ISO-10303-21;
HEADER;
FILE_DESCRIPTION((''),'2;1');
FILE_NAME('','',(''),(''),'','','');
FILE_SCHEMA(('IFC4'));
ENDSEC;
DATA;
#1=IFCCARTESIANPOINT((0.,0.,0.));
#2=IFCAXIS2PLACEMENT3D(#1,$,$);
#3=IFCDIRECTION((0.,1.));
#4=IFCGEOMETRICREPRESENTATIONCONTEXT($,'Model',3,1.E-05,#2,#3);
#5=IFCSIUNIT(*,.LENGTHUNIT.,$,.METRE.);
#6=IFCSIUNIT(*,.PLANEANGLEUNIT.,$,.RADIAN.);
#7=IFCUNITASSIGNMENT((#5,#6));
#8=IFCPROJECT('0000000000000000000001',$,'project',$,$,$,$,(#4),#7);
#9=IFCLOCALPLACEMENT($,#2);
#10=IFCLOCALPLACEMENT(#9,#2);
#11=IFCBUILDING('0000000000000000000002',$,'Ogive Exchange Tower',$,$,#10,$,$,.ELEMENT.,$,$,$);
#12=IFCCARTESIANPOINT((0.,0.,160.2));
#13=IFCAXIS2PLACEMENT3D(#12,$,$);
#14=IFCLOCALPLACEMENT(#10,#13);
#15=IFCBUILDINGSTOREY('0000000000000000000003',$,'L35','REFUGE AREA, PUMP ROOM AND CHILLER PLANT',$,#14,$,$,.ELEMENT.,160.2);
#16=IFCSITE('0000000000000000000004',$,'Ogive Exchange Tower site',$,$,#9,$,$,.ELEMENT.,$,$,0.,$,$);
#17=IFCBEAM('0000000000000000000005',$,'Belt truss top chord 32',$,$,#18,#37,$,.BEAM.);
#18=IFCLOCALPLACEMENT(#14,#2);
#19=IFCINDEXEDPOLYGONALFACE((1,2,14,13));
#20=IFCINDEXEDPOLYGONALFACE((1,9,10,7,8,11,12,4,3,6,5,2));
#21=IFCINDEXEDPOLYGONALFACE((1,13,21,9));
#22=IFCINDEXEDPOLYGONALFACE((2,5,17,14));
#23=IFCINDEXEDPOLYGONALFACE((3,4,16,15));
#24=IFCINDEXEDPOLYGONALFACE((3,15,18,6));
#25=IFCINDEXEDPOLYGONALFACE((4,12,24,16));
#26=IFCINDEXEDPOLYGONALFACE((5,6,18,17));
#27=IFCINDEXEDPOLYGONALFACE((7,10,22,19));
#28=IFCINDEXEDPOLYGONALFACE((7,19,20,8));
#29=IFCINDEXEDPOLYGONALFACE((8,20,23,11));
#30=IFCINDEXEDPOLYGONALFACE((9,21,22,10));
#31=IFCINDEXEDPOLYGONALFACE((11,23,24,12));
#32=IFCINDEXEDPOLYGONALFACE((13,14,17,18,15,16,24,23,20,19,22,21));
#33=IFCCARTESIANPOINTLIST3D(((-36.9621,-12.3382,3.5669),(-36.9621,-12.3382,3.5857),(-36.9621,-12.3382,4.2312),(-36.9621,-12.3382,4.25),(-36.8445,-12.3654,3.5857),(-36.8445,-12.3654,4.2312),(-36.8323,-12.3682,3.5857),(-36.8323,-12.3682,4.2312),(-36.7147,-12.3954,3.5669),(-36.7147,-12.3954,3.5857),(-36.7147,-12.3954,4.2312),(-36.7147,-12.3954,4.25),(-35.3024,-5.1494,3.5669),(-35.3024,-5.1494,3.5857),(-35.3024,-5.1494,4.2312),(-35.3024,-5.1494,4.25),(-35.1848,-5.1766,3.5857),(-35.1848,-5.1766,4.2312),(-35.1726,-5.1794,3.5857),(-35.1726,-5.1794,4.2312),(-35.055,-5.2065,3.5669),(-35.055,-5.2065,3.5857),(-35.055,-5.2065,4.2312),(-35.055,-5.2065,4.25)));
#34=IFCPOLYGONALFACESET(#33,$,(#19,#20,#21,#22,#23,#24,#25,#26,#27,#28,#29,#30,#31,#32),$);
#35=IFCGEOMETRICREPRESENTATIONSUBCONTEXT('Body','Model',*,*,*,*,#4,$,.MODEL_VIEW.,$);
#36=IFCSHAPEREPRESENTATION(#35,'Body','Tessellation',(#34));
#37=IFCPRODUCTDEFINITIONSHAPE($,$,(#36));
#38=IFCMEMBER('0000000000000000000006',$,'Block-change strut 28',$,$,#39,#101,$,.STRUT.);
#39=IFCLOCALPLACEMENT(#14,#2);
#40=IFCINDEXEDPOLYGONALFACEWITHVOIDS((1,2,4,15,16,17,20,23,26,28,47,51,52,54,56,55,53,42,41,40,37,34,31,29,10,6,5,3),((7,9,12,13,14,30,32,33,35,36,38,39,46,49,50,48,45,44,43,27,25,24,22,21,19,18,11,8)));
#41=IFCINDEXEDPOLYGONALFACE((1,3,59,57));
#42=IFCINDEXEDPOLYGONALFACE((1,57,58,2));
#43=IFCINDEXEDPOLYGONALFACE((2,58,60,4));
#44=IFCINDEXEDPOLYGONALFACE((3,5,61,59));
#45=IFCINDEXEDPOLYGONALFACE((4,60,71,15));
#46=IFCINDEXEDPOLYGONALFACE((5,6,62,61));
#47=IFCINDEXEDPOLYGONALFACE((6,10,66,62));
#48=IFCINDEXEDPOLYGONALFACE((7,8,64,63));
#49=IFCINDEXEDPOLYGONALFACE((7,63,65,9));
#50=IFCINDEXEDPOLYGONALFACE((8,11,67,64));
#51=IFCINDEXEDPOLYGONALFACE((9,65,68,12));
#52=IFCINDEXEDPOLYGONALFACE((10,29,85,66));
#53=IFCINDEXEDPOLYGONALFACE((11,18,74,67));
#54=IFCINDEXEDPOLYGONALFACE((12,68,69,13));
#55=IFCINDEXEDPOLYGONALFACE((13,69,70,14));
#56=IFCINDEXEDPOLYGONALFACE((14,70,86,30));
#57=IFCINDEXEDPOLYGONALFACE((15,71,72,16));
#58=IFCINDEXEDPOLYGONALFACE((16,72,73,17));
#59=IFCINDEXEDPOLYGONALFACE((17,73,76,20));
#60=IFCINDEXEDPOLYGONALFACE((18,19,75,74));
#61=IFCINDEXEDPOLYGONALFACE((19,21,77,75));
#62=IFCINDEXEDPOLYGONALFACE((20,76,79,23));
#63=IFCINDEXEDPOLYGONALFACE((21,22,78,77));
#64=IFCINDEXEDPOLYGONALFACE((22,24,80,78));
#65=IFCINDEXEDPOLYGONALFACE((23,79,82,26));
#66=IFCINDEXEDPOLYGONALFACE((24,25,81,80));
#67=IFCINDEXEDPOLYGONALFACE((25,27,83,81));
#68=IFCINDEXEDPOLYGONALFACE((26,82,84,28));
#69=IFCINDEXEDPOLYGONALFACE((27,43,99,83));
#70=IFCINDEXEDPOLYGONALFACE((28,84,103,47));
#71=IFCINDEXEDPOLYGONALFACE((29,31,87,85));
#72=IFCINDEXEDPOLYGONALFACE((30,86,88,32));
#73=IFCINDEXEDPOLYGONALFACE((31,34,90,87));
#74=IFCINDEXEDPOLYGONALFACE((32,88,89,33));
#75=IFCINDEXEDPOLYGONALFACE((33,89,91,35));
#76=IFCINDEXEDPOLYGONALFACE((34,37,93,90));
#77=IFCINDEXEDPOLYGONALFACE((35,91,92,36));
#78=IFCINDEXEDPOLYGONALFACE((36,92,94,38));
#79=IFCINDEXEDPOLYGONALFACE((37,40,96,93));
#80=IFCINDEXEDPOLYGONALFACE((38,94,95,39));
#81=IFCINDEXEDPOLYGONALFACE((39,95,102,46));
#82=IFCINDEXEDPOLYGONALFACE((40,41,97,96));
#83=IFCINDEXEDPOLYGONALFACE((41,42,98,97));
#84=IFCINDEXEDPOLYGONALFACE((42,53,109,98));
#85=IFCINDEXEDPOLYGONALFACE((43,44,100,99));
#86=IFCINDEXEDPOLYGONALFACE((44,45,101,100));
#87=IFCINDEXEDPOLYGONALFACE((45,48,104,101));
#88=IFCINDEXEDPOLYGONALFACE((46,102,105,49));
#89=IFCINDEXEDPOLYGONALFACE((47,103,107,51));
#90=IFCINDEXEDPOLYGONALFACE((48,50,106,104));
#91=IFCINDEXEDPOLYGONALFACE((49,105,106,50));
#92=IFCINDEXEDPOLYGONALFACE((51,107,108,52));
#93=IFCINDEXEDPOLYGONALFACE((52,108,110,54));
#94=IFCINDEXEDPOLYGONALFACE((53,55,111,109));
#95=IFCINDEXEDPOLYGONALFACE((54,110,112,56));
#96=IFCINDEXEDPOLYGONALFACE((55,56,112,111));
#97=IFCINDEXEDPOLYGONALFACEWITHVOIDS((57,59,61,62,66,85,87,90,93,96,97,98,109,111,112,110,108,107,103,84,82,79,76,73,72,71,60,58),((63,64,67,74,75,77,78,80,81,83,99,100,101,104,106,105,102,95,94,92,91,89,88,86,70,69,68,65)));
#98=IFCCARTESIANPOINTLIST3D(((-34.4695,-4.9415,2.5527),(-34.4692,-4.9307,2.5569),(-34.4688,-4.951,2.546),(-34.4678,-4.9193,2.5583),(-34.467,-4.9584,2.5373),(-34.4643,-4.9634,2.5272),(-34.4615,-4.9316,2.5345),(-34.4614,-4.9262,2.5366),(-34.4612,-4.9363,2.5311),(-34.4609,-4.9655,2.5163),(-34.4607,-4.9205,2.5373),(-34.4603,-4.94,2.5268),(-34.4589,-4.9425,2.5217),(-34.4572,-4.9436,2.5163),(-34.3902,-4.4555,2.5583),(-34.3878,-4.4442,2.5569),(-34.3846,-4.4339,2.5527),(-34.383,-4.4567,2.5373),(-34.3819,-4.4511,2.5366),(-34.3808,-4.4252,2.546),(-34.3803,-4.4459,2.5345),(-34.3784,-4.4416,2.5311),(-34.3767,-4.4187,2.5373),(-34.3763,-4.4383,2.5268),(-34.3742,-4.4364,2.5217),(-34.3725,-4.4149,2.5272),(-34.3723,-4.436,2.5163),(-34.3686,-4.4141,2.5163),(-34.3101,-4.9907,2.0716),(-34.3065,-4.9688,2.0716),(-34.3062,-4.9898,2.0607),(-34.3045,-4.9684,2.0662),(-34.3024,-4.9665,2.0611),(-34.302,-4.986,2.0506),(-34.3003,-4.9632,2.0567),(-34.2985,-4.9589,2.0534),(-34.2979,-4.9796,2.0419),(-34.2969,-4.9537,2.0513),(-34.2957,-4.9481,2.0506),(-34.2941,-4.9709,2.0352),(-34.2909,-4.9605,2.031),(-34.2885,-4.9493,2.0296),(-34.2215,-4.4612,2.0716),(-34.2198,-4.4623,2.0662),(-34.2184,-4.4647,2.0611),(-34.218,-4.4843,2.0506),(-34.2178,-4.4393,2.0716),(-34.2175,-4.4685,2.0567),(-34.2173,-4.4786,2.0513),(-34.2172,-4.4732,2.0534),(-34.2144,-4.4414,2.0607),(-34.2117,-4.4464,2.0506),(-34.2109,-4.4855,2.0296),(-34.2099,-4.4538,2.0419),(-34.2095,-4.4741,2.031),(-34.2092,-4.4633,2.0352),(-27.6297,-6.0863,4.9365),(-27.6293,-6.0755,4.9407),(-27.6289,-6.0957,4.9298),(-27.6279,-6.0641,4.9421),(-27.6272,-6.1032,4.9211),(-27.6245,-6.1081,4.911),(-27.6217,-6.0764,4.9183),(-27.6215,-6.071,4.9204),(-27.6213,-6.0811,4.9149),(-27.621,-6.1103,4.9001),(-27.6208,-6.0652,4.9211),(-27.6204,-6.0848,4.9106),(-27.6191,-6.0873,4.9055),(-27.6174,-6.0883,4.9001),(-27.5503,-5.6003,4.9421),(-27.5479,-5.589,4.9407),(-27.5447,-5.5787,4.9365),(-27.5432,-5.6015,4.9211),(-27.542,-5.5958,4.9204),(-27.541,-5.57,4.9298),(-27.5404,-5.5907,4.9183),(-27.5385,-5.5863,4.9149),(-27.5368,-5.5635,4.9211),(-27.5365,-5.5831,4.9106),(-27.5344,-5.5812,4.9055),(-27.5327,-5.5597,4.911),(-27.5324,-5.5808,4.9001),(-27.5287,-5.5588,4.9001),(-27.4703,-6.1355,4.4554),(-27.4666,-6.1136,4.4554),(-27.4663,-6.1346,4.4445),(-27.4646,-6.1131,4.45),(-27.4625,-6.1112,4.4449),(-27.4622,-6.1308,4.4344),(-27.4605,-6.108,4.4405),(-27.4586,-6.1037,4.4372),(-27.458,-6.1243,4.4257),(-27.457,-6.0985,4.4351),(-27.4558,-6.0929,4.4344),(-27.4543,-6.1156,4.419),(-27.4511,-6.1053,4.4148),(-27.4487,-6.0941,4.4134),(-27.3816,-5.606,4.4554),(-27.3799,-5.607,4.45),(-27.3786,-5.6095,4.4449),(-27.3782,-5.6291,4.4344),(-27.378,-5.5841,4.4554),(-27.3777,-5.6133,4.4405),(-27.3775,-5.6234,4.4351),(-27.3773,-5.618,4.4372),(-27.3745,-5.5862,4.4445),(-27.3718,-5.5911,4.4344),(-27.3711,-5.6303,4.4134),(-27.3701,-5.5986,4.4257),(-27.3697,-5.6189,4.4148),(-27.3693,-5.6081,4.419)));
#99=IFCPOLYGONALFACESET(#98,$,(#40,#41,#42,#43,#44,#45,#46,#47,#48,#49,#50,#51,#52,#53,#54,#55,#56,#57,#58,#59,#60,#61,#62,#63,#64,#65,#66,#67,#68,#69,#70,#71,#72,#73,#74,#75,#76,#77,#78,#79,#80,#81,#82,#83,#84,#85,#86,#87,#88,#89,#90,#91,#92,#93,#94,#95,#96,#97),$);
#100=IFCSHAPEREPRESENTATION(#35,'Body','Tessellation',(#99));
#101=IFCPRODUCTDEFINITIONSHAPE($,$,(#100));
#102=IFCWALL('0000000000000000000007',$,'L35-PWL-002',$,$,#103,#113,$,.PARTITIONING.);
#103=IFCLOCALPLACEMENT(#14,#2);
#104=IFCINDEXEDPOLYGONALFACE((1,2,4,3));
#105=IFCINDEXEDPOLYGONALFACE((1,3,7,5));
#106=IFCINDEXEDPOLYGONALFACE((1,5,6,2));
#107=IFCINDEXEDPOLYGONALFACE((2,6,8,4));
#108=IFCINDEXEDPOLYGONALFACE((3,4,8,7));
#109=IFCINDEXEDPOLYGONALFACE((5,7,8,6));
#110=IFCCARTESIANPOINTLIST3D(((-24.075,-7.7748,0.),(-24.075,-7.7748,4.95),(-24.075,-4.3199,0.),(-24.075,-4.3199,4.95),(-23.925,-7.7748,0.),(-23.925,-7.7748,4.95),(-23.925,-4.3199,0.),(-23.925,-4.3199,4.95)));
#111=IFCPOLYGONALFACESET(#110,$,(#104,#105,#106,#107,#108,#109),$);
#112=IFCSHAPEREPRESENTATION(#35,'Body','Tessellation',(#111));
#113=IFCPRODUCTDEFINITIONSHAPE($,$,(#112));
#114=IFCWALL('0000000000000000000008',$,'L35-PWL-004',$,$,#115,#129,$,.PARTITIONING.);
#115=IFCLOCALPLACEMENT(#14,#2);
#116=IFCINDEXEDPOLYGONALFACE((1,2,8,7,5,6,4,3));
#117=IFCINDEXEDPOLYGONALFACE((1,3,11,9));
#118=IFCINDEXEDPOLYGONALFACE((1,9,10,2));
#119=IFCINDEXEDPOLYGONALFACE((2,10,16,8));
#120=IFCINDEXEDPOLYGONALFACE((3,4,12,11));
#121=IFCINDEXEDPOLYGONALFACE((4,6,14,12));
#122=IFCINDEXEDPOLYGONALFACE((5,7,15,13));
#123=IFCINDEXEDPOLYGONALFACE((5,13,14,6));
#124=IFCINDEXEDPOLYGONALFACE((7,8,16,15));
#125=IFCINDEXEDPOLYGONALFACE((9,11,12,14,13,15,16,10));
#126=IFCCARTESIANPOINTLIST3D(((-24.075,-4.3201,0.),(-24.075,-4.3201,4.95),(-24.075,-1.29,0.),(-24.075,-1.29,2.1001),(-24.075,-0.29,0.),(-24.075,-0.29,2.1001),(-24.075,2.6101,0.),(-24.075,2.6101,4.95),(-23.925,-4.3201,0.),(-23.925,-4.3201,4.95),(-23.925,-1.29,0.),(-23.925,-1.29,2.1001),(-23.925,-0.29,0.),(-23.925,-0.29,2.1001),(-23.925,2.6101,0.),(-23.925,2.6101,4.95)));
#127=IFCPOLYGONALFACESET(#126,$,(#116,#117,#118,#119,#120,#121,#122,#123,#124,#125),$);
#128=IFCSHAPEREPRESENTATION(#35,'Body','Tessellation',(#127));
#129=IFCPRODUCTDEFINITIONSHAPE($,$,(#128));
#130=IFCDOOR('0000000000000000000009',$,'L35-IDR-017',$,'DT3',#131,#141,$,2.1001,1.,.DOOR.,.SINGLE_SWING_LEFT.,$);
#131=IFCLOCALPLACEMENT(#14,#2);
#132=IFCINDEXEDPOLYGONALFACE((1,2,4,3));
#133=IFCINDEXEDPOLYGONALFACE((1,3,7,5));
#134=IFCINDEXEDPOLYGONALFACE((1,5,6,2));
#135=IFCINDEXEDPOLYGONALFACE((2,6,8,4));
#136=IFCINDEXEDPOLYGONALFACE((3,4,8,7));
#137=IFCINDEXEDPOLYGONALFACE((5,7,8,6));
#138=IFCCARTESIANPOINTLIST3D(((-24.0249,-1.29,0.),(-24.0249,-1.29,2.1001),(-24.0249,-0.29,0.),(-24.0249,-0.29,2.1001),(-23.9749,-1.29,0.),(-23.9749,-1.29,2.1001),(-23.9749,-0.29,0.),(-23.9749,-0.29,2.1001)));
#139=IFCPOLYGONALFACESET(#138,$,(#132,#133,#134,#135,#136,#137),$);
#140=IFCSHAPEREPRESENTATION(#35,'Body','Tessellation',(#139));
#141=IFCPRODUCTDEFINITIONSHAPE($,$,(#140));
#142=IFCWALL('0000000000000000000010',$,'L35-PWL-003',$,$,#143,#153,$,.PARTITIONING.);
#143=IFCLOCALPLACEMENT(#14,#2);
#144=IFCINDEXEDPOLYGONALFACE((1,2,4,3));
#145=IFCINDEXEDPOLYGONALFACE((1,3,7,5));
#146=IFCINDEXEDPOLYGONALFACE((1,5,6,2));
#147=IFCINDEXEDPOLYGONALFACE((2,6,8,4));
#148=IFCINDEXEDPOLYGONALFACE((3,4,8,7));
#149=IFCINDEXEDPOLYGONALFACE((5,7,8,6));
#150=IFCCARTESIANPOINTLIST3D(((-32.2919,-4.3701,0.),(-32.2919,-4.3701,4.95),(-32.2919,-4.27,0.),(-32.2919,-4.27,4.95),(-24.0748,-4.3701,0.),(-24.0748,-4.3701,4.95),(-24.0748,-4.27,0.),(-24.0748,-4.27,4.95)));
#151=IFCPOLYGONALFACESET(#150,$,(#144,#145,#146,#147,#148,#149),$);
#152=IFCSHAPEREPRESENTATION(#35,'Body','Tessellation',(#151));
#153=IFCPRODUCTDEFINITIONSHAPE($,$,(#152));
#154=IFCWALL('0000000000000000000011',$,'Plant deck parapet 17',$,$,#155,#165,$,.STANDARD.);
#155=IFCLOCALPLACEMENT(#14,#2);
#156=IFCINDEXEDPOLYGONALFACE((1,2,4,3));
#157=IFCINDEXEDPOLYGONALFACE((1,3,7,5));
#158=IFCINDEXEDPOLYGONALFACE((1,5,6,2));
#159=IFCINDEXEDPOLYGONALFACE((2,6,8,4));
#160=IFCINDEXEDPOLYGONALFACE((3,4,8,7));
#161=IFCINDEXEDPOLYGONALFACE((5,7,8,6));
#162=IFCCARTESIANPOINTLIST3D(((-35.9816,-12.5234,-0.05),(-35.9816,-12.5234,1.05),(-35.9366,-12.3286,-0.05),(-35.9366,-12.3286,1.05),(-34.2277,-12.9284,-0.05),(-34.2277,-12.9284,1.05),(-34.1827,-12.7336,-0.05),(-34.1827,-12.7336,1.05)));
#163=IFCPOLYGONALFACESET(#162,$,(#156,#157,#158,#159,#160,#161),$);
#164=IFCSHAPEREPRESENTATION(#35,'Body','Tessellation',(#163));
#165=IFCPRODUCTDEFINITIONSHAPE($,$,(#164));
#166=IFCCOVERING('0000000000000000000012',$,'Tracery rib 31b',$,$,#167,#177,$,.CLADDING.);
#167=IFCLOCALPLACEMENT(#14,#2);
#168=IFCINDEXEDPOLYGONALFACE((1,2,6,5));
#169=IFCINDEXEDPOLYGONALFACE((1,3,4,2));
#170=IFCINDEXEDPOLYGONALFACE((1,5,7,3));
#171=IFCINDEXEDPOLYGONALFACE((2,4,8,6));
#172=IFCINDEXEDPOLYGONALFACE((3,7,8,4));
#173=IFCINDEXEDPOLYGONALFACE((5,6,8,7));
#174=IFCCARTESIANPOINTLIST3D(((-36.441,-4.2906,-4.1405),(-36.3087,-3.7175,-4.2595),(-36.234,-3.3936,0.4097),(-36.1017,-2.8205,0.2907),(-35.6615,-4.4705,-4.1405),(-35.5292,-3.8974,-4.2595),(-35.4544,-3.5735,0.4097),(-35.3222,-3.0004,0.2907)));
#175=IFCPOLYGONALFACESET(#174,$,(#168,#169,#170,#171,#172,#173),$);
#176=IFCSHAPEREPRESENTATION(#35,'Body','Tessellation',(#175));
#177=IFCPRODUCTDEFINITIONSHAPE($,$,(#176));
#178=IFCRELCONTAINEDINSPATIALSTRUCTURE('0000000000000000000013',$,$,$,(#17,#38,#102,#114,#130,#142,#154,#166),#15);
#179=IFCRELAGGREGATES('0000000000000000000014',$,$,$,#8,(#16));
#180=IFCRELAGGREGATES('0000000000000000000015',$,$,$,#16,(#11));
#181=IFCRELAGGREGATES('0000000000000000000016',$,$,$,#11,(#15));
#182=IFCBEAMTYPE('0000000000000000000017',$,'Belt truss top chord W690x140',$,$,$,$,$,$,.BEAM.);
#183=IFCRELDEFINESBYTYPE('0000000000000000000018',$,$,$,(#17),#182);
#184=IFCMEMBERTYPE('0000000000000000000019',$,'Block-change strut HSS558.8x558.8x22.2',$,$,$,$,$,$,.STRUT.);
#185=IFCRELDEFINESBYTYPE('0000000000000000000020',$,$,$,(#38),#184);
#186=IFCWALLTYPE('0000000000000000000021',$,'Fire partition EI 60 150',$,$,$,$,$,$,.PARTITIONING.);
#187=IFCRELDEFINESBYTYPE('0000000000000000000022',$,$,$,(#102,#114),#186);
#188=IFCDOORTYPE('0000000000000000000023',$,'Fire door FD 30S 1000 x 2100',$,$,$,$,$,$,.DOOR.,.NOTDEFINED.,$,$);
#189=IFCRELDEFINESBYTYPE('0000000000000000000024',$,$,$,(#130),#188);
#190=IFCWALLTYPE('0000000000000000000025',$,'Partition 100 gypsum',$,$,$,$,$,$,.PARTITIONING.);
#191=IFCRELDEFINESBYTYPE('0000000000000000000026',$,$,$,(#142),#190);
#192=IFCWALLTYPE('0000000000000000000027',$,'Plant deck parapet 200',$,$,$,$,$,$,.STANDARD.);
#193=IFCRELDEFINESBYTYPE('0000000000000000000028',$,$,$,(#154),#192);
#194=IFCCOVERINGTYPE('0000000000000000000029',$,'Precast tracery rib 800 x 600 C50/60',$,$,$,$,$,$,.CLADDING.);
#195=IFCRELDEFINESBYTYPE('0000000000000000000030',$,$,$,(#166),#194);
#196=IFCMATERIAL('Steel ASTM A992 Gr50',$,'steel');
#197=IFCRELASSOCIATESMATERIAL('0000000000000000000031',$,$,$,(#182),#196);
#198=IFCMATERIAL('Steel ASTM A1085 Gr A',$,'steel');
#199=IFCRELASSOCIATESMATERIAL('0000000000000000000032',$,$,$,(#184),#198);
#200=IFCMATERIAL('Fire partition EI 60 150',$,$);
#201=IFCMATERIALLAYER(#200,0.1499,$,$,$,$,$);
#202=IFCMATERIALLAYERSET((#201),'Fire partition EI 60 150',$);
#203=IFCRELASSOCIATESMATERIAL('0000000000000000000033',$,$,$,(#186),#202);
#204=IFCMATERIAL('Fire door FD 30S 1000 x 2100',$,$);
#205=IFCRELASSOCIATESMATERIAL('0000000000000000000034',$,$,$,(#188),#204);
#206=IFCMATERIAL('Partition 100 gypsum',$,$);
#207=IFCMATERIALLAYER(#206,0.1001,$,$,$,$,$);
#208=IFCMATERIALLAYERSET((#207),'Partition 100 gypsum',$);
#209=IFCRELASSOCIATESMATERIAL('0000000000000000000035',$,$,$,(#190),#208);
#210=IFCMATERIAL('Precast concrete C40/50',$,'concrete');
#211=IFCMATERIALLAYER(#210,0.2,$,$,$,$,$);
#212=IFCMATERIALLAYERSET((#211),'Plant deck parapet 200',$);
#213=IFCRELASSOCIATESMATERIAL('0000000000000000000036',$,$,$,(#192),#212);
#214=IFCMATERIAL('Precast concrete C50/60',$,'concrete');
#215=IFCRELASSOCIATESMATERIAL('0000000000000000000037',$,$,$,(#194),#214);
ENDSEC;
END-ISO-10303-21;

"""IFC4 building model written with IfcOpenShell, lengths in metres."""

from ifc_helpers import new_model, si_unit, direction, frame, frame_2d, origin, origin_2d, place, context, subcontext, project, spatial, rectangle, hollow_rectangle, i_section, extrude, material, layer, layer_set, material_profile, profile_set, type_object, element, fill, save


model = new_model("IFC4")

# Units and contexts
model_context = context("Model", 3, precision=1e-05, world=origin(), true_north=direction((0.0, 1.0)))
body_context = subcontext(model_context, "Body", "Model", "MODEL_VIEW")
ifc_project = project(units=[si_unit("LENGTHUNIT", "METRE"), si_unit("PLANEANGLEUNIT", "RADIAN")], contexts=[model_context])

# Site, building, storey
site_placement = place(None, origin())
site = spatial("IfcSite", under=ifc_project, at=site_placement, Name="Ogive Exchange Tower site", CompositionType="ELEMENT", RefElevation=0.0)
building_placement = place(site_placement, origin())
building = spatial("IfcBuilding", under=site, at=building_placement, Name="Ogive Exchange Tower", CompositionType="ELEMENT")
storey_placement = place(building_placement, frame((0.0, 0.0, 160.2)))
storey = spatial("IfcBuildingStorey", under=building, at=storey_placement, Name="L35", Description="REFUGE AREA, PUMP ROOM AND CHILLER PLANT", CompositionType="ELEMENT", Elevation=160.2)

# Shared definitions
ifc_material_1 = material(Name="Steel ASTM A992 Gr50", Category="steel")

# Shared definitions
ifc_material_2 = material(Name="Steel ASTM A1085 Gr A", Category="steel")

# Beam
ifc_material_profile_1 = material_profile(ifc_material_1, i_section(OverallWidth=0.2539, OverallDepth=0.6831, WebThickness=0.0125, FlangeThickness=0.0188, at=origin_2d()), Name="W690x140")
ifc_profile_set_1 = profile_set([ifc_material_profile_1], Name="Steel ASTM A992 Gr50")
beam_type_1 = type_object("IfcBeamType", Name="Belt truss top chord W690x140", PredefinedType="BEAM", material=ifc_profile_set_1)
beam_1_placement = place(storey_placement, frame((-35.1787, -5.178, 3.9084), z_axis=(-0.224954, -0.974369, 0.0), x_axis=(0.974369, -0.224954, 0.0)))
element("IfcBeam", 1, at=beam_1_placement, inside=storey, type_object=beam_type_1, Name="Belt truss top chord 32", PredefinedType="BEAM", context=body_context, shape_type="SweptSolid", body=[
    extrude(i_section(OverallWidth=0.2539, OverallDepth=0.6831, WebThickness=0.0125, FlangeThickness=0.0188, at=origin_2d()), origin(), (0.0, 0.0, 1.0), 7.3779),
])

# Member
ifc_material_profile_2 = material_profile(ifc_material_2, hollow_rectangle(XDim=0.5591, YDim=0.5591, WallThickness=0.0222, InnerFilletRadius=0.0222, OuterFilletRadius=0.0444, at=origin_2d()), Name="HSS558.8x558.8x22.2")
ifc_profile_set_2 = profile_set([ifc_material_profile_2], Name="Steel ASTM A1085 Gr A")
member_type_1 = type_object("IfcMemberType", Name="Block-change strut HSS558.8x558.8x22.2", PredefinedType="STRUT", material=ifc_profile_set_2)
member_1_placement = place(storey_placement, frame((-34.3394, -4.7024, 2.2939), z_axis=(0.932718, -0.156108, 0.325066), x_axis=(0.165073, 0.986281, 0.0)))
element("IfcMember", 2, at=member_1_placement, inside=storey, type_object=member_type_1, Name="Block-change strut 28", PredefinedType="STRUT", context=body_context, shape_type="SweptSolid", body=[
    extrude(hollow_rectangle(XDim=0.5591, YDim=0.5591, WallThickness=0.0222, InnerFilletRadius=0.0222, OuterFilletRadius=0.0444, at=origin_2d()), origin(), (0.0, 0.0, 1.0), 7.3333),
])

# Wall
ifc_material_3 = material(Name="Fire partition EI 60 150")
ifc_layer_1 = layer(ifc_material_3, 0.1499)
ifc_layer_set_1 = layer_set([ifc_layer_1], Name="Fire partition EI 60 150")
wall_type_1 = type_object("IfcWallType", Name="Fire partition EI 60 150", PredefinedType="PARTITIONING", material=ifc_layer_set_1)
wall_1_placement = place(storey_placement, frame((-24.0, -7.7749, 0.0), z_axis=(0.0, 0.0, 1.0), x_axis=(0.0, 1.0, 0.0)))
element("IfcWall", 3, at=wall_1_placement, inside=storey, type_object=wall_type_1, Name="L35-PWL-002", PredefinedType="PARTITIONING", context=body_context, shape_type="SweptSolid", body=[
    extrude(rectangle(XDim=3.4548, YDim=0.1499, at=frame_2d((1.7275, 0.0))), origin(), (0.0, 0.0, 1.0), 4.95),
])

# Wall, opening, door
wall_2_placement = place(storey_placement, frame((-24.0, -4.3201, 0.0), z_axis=(0.0, 0.0, 1.0), x_axis=(0.0, 1.0, 0.0)))
wall_2 = element("IfcWall", 4, at=wall_2_placement, inside=storey, type_object=wall_type_1, Name="L35-PWL-004", PredefinedType="PARTITIONING", context=body_context, shape_type="SweptSolid", body=[
    extrude(rectangle(XDim=6.9302, YDim=0.1499, at=frame_2d((3.4651, 0.0))), origin(), (0.0, 0.0, 1.0), 4.95),
])
opening_placement = place(wall_2_placement, frame((3.03, 0.0, 0.0)))
opening = element("IfcOpeningElement", 5, at=opening_placement, cuts=wall_2, PredefinedType="OPENING", context=body_context, shape_type="SweptSolid", body=[
    extrude(rectangle(XDim=1.0, YDim=2.1001, at=frame_2d((0.5, 1.05))), frame((0.0, 0.085, 0.0), z_axis=(0.0, -1.0, 0.0), x_axis=(1.0, 0.0, 0.0)), (0.0, 0.0, 1.0), 0.1699),
])
ifc_material_4 = material(Name="Fire door FD 30S 1000 x 2100")
door_type = type_object("IfcDoorType", Name="Fire door FD 30S 1000 x 2100", OperationType="NOTDEFINED", PredefinedType="DOOR", material=ifc_material_4)
door_placement = place(opening_placement, origin())
door = element("IfcDoor", 6, at=door_placement, inside=storey, type_object=door_type, Name="L35-IDR-017", ObjectType="DT3", OperationType="SINGLE_SWING_LEFT", OverallHeight=2.1001, OverallWidth=1.0, PredefinedType="DOOR", context=body_context, shape_type="SweptSolid", body=[
    extrude(rectangle(XDim=1.0, YDim=2.1001, at=frame_2d((0.5, 1.05))), frame((0.0, 0.0249, 0.0), z_axis=(0.0, -1.0, 0.0), x_axis=(1.0, 0.0, 0.0)), (0.0, 0.0, 1.0), 0.05),
])
fill(opening, door)

# Walls
ifc_material_5 = material(Name="Partition 100 gypsum")
ifc_layer_2 = layer(ifc_material_5, 0.1001)
ifc_layer_set_2 = layer_set([ifc_layer_2], Name="Partition 100 gypsum")
wall_type_2 = type_object("IfcWallType", Name="Partition 100 gypsum", PredefinedType="PARTITIONING", material=ifc_layer_set_2)
wall_3_placement = place(storey_placement, frame((-24.075, -4.3201, 0.0), z_axis=(0.0, 0.0, 1.0), x_axis=(-1.0, 0.0, 0.0)))
element("IfcWall", 7, at=wall_3_placement, inside=storey, type_object=wall_type_2, Name="L35-PWL-003", PredefinedType="PARTITIONING", context=body_context, shape_type="SweptSolid", body=[
    extrude(rectangle(XDim=8.217, YDim=0.1001, at=frame_2d((4.1084, 0.0))), origin(), (0.0, 0.0, 1.0), 4.95),
])
ifc_material_6 = material(Name="Precast concrete C40/50", Category="concrete")
ifc_layer_3 = layer(ifc_material_6, 0.2)
ifc_layer_set_3 = layer_set([ifc_layer_3], Name="Plant deck parapet 200")
wall_type_3 = type_object("IfcWallType", Name="Plant deck parapet 200", PredefinedType="STANDARD", material=ifc_layer_set_3)
wall_4_placement = place(storey_placement, frame((-35.959, -12.426, -0.05), z_axis=(0.0, 0.0, 1.0), x_axis=(0.974357, -0.225008, 0.0)))
element("IfcWall", 8, at=wall_4_placement, inside=storey, type_object=wall_type_3, Name="Plant deck parapet 17", PredefinedType="STANDARD", context=body_context, shape_type="SweptSolid", body=[
    extrude(rectangle(XDim=1.8, YDim=0.2, at=frame_2d((0.8999, 0.0))), origin(), (0.0, 0.0, 1.0), 1.1001),
])

# Covering
ifc_material_7 = material(Name="Precast concrete C50/60", Category="concrete")
ifc_material_profile_3 = material_profile(ifc_material_7, rectangle(XDim=0.8, YDim=0.6001, at=origin_2d()), Name="RIB 800 x 600")
ifc_profile_set_3 = profile_set([ifc_material_profile_3], Name="Precast concrete C50/60")
covering_type = type_object("IfcCoveringType", Name="Precast tracery rib 800 x 600 C50/60", PredefinedType="CLADDING", material=ifc_profile_set_3)
covering_1_placement = place(storey_placement, frame((-35.9851, -4.094, -4.2), z_axis=(0.044597, 0.19322, 0.980141), x_axis=(-0.974382, 0.224898, 0.0)))
element("IfcCovering", 9, at=covering_1_placement, inside=storey, type_object=covering_type, Name="Tracery rib 31b", PredefinedType="CLADDING", context=body_context, shape_type="SweptSolid", body=[
    extrude(rectangle(XDim=0.8, YDim=0.6001, at=origin_2d()), origin(), (0.0, 0.0, 1.0), 4.6423),
])

save(model, "model.ifc")
